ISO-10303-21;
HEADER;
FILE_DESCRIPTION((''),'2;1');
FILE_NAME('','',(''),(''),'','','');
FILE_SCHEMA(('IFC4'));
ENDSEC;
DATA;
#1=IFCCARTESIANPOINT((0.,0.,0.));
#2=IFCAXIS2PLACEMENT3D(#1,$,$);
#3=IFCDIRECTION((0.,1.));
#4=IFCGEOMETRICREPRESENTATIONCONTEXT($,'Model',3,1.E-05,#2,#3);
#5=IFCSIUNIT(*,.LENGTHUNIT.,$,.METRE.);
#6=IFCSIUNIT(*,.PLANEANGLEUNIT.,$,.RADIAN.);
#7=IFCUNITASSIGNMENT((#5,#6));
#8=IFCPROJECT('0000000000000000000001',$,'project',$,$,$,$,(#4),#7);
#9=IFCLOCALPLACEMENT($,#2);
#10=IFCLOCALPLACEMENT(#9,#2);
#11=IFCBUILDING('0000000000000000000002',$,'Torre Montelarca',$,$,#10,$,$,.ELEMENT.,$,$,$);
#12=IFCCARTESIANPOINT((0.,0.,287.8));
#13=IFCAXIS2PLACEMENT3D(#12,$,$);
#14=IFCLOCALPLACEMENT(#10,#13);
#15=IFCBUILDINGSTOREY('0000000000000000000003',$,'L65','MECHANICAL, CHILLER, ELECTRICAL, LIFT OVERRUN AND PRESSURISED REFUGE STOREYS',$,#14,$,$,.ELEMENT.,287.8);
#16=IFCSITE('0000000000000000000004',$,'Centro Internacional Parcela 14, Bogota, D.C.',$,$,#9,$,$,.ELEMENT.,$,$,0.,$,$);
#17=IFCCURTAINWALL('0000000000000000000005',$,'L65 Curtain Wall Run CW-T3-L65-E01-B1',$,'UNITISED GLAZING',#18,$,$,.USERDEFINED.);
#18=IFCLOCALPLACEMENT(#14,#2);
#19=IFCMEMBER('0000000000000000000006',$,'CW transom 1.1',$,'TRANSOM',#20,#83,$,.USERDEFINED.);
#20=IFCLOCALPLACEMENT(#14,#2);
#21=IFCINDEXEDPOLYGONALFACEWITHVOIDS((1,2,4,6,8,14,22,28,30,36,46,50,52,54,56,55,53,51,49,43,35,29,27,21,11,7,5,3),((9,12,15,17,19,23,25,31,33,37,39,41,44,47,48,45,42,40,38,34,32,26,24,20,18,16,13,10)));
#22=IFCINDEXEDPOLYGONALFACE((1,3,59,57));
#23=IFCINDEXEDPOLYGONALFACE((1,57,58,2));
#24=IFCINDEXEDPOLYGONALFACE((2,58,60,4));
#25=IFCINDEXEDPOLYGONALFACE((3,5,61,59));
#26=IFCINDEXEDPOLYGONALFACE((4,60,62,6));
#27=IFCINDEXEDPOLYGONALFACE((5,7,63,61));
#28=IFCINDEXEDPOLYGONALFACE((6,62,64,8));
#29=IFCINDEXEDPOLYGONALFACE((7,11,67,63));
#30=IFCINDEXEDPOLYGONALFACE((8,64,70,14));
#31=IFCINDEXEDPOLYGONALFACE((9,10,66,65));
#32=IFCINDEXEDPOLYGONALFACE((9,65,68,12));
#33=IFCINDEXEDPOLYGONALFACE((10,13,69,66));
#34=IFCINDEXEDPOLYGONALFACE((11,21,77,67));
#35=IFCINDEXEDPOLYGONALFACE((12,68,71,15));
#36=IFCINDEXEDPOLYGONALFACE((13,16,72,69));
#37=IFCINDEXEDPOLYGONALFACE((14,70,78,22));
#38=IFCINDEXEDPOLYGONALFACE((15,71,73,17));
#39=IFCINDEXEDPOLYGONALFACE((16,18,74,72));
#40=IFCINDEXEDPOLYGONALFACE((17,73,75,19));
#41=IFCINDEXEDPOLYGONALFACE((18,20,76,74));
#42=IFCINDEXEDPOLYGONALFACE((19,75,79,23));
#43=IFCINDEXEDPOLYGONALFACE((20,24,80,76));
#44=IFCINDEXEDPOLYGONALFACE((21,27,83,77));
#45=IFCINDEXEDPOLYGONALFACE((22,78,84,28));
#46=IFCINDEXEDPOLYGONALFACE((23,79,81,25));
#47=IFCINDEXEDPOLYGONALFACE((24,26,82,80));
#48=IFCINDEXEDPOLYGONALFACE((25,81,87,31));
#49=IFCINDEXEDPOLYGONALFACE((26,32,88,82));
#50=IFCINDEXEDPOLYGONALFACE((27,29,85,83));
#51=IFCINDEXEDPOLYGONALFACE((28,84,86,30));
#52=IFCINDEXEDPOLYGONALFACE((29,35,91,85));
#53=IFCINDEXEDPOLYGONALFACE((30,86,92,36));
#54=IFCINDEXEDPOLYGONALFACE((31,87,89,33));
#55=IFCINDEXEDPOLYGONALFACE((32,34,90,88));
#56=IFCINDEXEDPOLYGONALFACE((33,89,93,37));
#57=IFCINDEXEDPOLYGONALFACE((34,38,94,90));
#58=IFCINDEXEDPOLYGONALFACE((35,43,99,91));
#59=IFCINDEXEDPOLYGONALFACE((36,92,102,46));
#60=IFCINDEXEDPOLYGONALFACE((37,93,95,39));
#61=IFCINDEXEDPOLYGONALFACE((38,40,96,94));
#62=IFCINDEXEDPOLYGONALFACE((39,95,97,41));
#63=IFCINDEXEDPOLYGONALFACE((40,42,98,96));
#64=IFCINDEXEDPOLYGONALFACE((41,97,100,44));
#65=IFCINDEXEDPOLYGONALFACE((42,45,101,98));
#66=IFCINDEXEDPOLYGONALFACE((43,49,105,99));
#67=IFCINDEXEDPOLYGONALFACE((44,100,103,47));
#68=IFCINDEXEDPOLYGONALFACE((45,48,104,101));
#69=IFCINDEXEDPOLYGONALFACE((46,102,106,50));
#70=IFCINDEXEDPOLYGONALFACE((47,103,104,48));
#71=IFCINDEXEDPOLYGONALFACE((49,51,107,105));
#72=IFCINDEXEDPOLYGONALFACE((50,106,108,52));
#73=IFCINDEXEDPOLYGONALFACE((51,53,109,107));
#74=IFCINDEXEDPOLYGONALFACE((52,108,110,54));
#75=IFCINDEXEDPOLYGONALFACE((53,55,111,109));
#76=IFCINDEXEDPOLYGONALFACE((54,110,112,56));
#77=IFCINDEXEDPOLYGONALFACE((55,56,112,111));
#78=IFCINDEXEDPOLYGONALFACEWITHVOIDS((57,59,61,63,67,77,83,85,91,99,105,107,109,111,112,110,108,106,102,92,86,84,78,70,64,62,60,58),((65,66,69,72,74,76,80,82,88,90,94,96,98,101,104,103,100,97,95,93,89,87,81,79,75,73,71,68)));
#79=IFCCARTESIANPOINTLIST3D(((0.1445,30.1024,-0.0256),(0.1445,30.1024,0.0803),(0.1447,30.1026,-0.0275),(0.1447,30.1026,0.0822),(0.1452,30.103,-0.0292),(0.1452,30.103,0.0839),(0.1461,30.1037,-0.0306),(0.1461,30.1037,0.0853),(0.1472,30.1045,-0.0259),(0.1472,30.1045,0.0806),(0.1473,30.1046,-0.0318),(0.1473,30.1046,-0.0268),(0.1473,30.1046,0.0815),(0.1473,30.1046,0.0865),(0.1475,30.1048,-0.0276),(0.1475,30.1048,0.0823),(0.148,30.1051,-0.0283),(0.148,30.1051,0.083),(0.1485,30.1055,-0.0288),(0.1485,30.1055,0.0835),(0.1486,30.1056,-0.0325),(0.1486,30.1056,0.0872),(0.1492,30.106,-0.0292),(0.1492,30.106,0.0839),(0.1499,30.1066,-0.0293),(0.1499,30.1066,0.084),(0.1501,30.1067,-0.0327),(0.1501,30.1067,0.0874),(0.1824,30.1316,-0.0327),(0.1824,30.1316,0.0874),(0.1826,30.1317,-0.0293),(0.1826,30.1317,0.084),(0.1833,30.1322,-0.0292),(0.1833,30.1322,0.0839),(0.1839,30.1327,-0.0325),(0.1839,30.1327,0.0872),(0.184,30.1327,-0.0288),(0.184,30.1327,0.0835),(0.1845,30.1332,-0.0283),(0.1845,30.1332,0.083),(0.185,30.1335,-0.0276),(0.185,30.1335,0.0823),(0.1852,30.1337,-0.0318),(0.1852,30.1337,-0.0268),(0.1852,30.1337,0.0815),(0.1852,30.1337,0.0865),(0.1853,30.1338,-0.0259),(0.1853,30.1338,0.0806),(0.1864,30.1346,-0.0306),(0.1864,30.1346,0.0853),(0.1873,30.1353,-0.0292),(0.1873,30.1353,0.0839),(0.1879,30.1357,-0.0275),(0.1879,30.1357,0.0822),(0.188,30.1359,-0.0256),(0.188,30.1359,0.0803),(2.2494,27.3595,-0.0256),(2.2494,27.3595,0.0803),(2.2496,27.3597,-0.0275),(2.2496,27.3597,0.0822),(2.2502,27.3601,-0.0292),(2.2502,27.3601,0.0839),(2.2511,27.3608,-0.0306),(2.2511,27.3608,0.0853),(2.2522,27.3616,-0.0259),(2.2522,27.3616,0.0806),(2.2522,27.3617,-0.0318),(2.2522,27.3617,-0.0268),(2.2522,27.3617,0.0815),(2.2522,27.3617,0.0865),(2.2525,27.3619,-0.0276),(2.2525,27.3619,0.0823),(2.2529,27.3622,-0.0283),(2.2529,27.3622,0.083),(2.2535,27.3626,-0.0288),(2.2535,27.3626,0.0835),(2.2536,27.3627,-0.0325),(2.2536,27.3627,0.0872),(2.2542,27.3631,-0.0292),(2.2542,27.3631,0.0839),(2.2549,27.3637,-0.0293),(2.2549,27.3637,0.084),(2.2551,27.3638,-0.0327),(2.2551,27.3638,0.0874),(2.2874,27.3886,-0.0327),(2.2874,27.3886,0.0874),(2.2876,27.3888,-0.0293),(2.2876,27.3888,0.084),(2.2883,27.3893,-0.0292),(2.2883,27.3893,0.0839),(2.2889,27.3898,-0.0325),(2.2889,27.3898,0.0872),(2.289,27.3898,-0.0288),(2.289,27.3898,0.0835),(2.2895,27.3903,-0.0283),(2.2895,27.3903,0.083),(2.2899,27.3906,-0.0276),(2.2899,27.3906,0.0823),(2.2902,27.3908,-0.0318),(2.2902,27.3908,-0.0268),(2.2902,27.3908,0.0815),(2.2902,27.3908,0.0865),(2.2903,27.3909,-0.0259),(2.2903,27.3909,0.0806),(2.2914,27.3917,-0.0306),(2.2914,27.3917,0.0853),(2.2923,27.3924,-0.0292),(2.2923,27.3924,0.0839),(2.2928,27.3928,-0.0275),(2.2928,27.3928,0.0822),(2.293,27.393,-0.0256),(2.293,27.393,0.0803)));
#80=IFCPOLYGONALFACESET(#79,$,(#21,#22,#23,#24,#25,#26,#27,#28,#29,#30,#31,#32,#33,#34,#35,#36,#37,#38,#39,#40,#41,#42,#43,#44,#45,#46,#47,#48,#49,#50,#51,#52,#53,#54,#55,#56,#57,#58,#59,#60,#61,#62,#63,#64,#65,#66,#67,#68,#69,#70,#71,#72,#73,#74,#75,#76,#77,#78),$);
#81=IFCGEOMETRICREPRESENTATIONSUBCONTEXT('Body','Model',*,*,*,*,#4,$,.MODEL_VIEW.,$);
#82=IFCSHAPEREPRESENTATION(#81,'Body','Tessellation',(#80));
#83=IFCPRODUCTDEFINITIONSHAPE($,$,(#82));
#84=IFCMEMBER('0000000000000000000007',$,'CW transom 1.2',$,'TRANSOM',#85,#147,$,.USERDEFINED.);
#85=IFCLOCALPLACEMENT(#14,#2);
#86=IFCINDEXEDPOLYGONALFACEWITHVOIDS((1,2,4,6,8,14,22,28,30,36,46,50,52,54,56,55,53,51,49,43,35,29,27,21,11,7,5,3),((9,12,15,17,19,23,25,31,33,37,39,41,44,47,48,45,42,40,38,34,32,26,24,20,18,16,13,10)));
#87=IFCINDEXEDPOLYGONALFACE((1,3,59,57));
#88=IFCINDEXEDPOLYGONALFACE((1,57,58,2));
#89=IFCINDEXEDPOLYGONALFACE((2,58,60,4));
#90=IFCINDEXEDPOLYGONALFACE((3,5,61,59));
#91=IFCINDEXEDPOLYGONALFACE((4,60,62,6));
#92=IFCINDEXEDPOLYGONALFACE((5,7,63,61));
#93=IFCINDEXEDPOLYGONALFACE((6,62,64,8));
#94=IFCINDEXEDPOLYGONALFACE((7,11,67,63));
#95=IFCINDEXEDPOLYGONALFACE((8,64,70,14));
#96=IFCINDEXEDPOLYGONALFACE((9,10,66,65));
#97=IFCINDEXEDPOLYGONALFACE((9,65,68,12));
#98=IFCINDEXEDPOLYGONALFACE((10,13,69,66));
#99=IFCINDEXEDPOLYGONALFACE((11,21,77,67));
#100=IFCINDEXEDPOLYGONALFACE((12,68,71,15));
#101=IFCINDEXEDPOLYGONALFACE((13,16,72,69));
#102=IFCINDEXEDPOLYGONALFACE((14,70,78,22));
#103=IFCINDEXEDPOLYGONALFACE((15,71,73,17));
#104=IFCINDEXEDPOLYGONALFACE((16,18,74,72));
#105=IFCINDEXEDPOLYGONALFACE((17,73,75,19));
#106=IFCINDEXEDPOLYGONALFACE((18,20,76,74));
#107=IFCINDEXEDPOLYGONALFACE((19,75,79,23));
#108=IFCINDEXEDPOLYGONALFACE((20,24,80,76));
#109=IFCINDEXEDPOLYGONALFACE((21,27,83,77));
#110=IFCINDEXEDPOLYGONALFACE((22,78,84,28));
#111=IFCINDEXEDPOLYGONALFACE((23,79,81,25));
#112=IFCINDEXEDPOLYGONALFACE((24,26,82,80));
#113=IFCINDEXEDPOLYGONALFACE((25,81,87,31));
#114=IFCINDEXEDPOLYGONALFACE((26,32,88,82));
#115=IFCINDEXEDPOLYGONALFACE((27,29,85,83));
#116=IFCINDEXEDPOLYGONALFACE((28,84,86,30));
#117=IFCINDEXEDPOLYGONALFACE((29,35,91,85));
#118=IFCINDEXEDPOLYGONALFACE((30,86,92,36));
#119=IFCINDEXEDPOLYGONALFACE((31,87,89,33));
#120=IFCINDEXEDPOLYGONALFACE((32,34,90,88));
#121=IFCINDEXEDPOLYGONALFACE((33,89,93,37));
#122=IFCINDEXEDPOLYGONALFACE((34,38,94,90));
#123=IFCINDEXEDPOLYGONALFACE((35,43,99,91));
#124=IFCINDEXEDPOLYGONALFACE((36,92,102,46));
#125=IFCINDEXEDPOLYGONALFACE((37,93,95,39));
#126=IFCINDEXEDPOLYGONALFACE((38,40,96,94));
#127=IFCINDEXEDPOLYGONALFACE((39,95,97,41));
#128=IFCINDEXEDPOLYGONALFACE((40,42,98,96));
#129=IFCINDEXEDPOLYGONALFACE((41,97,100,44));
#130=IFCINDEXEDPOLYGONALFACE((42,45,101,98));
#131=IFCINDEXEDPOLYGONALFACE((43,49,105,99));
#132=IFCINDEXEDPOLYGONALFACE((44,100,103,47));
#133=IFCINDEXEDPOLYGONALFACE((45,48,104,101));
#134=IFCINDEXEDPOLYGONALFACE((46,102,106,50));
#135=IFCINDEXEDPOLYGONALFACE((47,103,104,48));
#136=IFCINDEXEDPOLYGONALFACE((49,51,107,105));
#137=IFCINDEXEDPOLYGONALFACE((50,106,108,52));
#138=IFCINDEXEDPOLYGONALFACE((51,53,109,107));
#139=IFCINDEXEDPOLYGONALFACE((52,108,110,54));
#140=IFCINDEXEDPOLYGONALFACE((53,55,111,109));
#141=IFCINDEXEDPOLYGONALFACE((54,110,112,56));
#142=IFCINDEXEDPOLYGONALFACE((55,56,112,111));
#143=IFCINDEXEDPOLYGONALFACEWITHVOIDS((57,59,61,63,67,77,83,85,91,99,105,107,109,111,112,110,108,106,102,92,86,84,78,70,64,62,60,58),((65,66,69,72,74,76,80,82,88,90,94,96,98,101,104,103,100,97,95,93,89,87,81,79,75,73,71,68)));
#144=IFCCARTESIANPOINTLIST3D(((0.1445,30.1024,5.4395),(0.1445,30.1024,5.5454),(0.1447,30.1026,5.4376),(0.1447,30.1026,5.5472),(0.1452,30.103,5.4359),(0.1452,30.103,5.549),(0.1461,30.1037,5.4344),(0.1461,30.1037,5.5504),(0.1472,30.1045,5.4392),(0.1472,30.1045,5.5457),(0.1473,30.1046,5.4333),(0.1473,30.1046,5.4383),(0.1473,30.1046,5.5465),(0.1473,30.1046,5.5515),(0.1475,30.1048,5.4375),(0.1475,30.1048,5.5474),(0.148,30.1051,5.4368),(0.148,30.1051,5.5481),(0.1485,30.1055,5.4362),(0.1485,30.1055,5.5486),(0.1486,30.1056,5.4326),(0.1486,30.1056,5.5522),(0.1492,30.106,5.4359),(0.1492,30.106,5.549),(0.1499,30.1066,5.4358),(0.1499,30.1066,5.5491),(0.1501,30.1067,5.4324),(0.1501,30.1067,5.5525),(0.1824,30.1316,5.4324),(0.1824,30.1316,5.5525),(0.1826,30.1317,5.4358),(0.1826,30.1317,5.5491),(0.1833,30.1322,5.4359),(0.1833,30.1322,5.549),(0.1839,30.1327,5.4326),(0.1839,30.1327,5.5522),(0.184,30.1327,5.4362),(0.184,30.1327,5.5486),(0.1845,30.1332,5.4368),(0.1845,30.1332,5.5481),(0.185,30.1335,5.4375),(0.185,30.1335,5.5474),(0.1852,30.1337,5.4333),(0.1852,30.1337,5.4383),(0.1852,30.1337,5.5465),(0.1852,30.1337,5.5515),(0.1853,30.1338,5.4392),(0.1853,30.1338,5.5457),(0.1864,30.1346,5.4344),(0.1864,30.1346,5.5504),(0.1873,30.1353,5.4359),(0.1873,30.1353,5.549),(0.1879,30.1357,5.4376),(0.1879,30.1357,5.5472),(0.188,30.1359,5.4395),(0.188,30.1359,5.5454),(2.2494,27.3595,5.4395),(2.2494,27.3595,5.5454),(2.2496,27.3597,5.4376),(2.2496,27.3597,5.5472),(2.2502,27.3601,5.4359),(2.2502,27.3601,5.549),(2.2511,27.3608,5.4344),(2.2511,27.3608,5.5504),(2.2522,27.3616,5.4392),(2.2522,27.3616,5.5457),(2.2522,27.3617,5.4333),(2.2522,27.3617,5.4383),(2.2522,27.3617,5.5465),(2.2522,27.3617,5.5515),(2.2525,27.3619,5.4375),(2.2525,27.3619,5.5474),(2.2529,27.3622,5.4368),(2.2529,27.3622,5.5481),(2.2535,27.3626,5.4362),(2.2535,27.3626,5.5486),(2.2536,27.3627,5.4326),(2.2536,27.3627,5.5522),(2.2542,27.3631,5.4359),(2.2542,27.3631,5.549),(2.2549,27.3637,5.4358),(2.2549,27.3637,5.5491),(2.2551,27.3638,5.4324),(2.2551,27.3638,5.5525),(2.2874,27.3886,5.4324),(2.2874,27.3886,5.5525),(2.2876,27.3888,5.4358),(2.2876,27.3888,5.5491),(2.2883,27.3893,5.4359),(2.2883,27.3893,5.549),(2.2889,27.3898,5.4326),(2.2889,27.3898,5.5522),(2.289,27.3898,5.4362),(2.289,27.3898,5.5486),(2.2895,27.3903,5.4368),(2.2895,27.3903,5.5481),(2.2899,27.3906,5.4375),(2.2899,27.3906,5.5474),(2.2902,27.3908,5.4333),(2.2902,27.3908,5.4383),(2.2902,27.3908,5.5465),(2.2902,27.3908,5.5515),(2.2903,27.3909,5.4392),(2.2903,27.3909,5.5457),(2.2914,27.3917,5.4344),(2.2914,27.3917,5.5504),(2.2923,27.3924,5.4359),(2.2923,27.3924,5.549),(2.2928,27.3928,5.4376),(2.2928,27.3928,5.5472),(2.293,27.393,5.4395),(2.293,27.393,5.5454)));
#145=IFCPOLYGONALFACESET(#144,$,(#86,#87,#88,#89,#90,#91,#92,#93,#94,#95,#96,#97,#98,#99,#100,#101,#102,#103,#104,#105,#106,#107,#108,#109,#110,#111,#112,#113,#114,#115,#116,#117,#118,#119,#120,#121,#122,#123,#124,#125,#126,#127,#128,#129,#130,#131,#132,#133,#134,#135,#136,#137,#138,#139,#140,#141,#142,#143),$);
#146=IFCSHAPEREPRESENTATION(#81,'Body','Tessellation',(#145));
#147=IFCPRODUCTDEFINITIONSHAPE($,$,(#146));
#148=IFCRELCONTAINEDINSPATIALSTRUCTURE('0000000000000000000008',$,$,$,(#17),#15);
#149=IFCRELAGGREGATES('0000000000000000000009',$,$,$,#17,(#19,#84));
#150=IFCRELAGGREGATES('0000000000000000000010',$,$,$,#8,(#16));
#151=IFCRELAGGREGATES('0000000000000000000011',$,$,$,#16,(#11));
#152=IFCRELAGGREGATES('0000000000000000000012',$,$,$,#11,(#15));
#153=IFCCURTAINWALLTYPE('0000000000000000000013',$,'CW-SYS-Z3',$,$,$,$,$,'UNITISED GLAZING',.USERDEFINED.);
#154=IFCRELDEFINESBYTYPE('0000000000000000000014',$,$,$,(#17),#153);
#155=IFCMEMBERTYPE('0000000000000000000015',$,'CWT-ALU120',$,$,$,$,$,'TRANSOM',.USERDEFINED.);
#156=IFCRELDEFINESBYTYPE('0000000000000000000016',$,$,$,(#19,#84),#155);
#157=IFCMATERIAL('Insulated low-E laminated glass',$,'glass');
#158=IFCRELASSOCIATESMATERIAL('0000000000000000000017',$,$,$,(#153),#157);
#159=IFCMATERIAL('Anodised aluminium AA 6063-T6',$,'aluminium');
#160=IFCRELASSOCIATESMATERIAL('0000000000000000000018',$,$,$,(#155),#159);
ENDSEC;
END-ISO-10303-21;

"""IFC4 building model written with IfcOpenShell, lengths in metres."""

from ifc_helpers import new_model, si_unit, direction, frame, origin, origin_2d, place, context, subcontext, project, spatial, hollow_rectangle, extrude, source, transform, mapped, material, material_profile, profile_set, type_object, element, aggregate, save


model = new_model("IFC4")

# Units and contexts
model_context = context("Model", 3, precision=1e-05, world=origin(), true_north=direction((0.0, 1.0)))
body_context = subcontext(model_context, "Body", "Model", "MODEL_VIEW")
ifc_project = project(units=[si_unit("LENGTHUNIT", "METRE"), si_unit("PLANEANGLEUNIT", "RADIAN")], contexts=[model_context])

# Site, building, storey
site_placement = place(None, origin())
site = spatial("IfcSite", under=ifc_project, at=site_placement, Name="Centro Internacional Parcela 14, Bogota, D.C.", CompositionType="ELEMENT", RefElevation=0.0)
building_placement = place(site_placement, origin())
building = spatial("IfcBuilding", under=site, at=building_placement, Name="Torre Montelarca", CompositionType="ELEMENT")
storey_placement = place(building_placement, frame((0.0, 0.0, 287.8)))
storey = spatial("IfcBuildingStorey", under=building, at=storey_placement, Name="L65", Description="MECHANICAL, CHILLER, ELECTRICAL, LIFT OVERRUN AND PRESSURISED REFUGE STOREYS", CompositionType="ELEMENT", Elevation=287.8)

# Curtain wall, members
ifc_material_1 = material(Name="Insulated low-E laminated glass", Category="glass")
curtain_wall_type = type_object("IfcCurtainWallType", Name="CW-SYS-Z3", ElementType="UNITISED GLAZING", PredefinedType="USERDEFINED", material=ifc_material_1)
ifc_material_2 = material(Name="Anodised aluminium AA 6063-T6", Category="aluminium")
ifc_material_profile_1 = material_profile(ifc_material_2, hollow_rectangle(XDim=0.0549, YDim=0.1201, WallThickness=0.0034, InnerFilletRadius=0.0034, OuterFilletRadius=0.0071, at=origin_2d()), Name="ALU55X120X3.5", Category="aluminium")
ifc_profile_set_1 = profile_set([ifc_material_profile_1], Name="Anodised aluminium AA 6063-T6")
member_type_1 = type_object("IfcMemberType", Name="CWT-ALU120", ElementType="TRANSOM", PredefinedType="USERDEFINED", material=ifc_profile_set_1)
curtain_wall_1_placement = place(storey_placement, origin())
curtain_wall_1 = element("IfcCurtainWall", 1, at=curtain_wall_1_placement, inside=storey, type_object=curtain_wall_type, Name="L65 Curtain Wall Run CW-T3-L65-E01-B1", ObjectType="UNITISED GLAZING", PredefinedType="USERDEFINED")
shared_shape_1 = source(origin(), body_context, "Body", "SweptSolid", [
    extrude(hollow_rectangle(XDim=0.0549, YDim=0.1201, WallThickness=0.0034, InnerFilletRadius=0.0034, OuterFilletRadius=0.0071, at=origin_2d()), origin(), (0.0, 0.0, 1.0), 3.4575),
])
member_1_placement = place(storey_placement, frame((0.1663, 30.1191, 0.0273), z_axis=(0.608809, -0.793316, 0.0), x_axis=(0.793316, 0.608809, 0.0)))
member_1 = element("IfcMember", 2, at=member_1_placement, type_object=member_type_1, Name="CW transom 1.1", ObjectType="TRANSOM", PredefinedType="USERDEFINED", context=body_context, shape_type="MappedRepresentation", body=[
    mapped(shared_shape_1, transform((0.0, 0.0, 0.0), scale=1.0)),
])
member_2_placement = place(storey_placement, frame((0.1663, 30.1191, 5.4924), z_axis=(0.608809, -0.793316, 0.0), x_axis=(0.793316, 0.608809, 0.0)))
member_2 = element("IfcMember", 3, at=member_2_placement, type_object=member_type_1, Name="CW transom 1.2", ObjectType="TRANSOM", PredefinedType="USERDEFINED", context=body_context, shape_type="MappedRepresentation", body=[
    mapped(shared_shape_1, transform((0.0, 0.0, 0.0), scale=1.0)),
])

aggregate(curtain_wall_1, [member_1, member_2])

save(model, "model.ifc")
